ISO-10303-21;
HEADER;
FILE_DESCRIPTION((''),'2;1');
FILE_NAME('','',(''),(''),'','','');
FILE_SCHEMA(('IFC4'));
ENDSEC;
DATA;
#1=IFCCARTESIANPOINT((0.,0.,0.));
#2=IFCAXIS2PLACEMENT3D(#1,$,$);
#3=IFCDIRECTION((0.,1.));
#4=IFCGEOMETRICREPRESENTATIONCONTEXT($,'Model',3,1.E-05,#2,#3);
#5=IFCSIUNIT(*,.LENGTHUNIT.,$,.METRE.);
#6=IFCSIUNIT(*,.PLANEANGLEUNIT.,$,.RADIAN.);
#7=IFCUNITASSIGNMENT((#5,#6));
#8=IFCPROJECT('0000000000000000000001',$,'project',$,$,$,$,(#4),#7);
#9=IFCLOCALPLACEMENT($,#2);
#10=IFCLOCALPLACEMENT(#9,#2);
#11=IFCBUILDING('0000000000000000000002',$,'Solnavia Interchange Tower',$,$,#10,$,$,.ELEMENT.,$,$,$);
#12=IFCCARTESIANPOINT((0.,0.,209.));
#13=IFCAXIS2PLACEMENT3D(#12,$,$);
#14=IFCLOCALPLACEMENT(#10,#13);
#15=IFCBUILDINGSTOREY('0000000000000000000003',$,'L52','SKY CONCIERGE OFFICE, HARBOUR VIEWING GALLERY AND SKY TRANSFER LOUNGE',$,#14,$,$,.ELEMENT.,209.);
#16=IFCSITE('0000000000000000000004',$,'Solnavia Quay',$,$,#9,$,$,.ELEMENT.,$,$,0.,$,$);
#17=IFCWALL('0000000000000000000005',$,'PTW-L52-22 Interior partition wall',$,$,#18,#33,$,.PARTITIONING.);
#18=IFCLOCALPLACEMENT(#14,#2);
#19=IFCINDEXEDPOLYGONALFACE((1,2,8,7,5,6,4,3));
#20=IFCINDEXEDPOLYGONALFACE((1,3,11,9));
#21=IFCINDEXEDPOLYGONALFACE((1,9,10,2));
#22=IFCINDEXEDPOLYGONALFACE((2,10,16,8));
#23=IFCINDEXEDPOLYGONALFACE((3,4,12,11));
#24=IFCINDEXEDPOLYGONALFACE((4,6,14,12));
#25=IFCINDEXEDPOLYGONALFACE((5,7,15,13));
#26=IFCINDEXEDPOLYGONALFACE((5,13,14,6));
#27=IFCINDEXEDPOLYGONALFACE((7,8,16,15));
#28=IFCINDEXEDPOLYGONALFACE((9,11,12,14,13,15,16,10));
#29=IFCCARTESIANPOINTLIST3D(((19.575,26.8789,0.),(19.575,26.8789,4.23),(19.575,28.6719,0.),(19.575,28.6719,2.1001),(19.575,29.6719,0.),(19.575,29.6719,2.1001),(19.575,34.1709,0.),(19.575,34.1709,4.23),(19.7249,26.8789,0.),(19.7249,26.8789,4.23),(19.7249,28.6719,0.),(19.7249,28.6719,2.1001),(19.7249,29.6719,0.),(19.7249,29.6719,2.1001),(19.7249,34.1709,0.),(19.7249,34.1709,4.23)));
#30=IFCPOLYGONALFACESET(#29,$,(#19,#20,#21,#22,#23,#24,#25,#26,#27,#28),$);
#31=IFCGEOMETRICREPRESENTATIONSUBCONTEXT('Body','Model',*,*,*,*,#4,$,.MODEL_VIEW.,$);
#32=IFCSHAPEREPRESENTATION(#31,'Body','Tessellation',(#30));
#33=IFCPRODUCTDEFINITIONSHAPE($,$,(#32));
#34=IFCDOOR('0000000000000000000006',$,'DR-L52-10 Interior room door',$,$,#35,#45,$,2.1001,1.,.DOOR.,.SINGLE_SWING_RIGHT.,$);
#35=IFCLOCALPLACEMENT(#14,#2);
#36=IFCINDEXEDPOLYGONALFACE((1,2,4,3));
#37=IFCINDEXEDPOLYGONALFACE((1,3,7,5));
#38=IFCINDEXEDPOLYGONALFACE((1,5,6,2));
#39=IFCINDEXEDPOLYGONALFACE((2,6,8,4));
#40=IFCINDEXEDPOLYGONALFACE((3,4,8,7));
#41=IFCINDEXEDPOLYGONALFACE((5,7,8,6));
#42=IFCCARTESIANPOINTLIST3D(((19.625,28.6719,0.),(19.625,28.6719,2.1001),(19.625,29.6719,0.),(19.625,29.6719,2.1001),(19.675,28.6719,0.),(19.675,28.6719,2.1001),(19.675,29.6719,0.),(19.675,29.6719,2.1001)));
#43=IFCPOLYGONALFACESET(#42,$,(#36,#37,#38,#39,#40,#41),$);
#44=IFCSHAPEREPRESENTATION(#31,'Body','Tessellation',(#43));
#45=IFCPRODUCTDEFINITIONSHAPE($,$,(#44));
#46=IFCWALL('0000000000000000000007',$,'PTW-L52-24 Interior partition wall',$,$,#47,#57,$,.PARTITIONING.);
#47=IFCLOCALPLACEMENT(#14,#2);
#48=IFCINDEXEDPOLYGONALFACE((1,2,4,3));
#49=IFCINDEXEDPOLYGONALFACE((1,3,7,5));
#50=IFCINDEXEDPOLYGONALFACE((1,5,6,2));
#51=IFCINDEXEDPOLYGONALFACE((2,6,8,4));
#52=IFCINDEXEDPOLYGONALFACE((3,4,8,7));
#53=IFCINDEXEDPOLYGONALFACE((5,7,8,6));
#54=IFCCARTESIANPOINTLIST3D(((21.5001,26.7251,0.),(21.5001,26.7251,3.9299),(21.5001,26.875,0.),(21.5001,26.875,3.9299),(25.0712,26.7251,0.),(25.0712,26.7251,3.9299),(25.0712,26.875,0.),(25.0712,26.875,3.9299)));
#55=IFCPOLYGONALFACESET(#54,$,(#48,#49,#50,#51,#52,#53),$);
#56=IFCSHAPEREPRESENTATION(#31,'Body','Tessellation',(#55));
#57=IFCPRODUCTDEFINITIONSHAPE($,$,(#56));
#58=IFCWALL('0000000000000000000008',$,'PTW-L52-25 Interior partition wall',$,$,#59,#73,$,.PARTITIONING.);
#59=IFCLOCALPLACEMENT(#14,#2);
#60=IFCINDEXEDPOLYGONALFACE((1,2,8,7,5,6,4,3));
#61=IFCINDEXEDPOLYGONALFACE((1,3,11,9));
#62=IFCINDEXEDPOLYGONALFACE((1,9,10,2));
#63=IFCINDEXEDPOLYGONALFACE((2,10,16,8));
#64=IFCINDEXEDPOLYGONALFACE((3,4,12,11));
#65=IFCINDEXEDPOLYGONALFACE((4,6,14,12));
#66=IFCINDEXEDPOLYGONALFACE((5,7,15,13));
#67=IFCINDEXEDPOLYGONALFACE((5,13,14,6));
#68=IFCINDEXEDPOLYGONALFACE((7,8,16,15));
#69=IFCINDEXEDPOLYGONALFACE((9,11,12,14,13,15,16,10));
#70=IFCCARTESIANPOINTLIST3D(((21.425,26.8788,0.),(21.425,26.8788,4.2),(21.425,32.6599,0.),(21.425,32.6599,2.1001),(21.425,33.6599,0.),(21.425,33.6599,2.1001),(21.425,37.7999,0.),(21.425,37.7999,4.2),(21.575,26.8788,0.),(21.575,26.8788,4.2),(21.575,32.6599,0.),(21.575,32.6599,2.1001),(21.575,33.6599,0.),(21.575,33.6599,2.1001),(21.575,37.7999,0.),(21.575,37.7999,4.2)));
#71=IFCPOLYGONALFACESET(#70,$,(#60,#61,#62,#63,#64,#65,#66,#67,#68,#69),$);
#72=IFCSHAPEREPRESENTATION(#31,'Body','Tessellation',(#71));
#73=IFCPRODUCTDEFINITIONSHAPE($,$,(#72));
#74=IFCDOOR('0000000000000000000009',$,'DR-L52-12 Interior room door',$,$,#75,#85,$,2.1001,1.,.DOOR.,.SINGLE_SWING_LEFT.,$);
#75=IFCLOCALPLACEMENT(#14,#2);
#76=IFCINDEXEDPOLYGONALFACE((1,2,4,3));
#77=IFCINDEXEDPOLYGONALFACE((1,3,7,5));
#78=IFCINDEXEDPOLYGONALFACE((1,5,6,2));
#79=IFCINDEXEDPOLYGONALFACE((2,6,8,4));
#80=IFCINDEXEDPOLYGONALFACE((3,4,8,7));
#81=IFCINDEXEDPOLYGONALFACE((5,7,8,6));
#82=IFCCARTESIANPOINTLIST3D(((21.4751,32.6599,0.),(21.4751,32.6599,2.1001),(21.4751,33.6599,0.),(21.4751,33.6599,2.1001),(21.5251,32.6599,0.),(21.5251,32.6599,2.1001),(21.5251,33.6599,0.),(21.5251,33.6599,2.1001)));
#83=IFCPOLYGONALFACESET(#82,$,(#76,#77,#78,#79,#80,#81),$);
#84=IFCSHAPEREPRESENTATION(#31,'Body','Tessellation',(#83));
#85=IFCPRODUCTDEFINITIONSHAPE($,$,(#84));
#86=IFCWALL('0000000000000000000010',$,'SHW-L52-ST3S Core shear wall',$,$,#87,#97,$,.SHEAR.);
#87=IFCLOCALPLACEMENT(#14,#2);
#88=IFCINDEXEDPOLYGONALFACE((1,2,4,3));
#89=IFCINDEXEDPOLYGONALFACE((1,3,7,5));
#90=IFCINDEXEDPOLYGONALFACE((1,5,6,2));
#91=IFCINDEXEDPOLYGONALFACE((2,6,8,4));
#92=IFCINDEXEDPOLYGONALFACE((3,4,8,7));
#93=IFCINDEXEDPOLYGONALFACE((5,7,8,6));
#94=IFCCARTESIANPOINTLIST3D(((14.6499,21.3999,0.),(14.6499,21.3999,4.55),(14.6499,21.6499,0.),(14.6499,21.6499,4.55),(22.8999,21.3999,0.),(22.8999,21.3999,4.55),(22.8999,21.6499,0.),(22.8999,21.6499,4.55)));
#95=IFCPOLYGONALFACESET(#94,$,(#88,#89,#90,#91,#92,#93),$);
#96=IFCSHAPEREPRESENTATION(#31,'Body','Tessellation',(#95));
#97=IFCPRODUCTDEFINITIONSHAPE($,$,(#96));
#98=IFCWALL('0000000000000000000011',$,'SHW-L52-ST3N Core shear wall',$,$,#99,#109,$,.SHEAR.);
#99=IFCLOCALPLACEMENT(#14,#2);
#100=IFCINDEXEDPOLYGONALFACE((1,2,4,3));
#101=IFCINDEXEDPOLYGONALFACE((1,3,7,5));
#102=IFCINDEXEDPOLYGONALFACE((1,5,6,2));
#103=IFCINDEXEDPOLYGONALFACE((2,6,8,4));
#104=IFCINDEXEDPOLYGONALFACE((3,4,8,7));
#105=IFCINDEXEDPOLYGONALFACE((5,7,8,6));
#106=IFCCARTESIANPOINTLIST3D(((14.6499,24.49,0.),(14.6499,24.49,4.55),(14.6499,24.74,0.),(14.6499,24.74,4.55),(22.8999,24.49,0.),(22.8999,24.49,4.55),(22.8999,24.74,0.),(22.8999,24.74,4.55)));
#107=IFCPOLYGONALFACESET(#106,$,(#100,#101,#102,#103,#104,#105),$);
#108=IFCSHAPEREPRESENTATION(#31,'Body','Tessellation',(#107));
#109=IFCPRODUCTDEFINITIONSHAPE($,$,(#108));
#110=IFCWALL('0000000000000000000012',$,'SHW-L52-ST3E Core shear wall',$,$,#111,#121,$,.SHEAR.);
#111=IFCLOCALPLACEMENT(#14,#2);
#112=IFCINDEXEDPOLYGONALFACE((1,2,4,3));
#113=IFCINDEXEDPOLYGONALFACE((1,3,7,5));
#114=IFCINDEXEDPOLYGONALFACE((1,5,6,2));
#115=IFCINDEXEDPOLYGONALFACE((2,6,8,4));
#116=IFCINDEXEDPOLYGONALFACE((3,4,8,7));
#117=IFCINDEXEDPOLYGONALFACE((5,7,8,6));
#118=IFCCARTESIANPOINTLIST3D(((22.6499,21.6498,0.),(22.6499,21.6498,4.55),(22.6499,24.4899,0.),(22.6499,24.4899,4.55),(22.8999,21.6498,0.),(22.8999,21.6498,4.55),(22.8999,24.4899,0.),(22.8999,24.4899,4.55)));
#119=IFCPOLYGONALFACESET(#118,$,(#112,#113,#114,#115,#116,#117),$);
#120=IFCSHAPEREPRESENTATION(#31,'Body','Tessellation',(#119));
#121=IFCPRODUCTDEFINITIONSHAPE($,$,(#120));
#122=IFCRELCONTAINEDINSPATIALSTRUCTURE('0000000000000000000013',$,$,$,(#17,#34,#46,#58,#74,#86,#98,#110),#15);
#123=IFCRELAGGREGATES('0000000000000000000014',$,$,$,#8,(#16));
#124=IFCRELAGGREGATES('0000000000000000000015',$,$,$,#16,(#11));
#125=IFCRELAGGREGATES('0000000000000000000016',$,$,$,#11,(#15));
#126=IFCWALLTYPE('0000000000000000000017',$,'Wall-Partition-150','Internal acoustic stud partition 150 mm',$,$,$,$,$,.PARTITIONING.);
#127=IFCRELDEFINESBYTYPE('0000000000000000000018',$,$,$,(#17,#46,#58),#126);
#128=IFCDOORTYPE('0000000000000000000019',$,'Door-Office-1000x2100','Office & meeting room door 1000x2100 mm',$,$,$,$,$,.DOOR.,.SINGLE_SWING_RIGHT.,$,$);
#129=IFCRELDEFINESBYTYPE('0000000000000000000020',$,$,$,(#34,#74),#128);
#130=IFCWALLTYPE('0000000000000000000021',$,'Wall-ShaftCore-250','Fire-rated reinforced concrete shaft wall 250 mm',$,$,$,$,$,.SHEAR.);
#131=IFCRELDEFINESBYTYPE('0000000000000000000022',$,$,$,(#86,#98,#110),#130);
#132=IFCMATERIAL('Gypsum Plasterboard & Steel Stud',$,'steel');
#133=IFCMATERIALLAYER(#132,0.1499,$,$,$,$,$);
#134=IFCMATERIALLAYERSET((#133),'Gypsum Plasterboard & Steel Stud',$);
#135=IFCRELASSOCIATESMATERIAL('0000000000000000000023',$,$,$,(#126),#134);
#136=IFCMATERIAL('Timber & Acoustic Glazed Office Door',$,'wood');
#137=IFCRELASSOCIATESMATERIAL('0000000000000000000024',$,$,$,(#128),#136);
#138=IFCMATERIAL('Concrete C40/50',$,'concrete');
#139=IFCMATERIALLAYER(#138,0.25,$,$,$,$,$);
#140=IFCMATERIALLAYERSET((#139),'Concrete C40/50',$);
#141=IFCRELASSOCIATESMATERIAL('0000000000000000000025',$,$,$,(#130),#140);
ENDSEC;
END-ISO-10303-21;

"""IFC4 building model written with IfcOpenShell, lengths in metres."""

from ifc_helpers import new_model, si_unit, direction, frame, frame_2d, origin, place, context, subcontext, project, spatial, rectangle, extrude, material, layer, layer_set, type_object, element, fill, save


model = new_model("IFC4")

# Units and contexts
model_context = context("Model", 3, precision=1e-05, world=origin(), true_north=direction((0.0, 1.0)))
body_context = subcontext(model_context, "Body", "Model", "MODEL_VIEW")
ifc_project = project(units=[si_unit("LENGTHUNIT", "METRE"), si_unit("PLANEANGLEUNIT", "RADIAN")], contexts=[model_context])

# Site, building, storey
site_placement = place(None, origin())
site = spatial("IfcSite", under=ifc_project, at=site_placement, Name="Solnavia Quay", CompositionType="ELEMENT", RefElevation=0.0)
building_placement = place(site_placement, origin())
building = spatial("IfcBuilding", under=site, at=building_placement, Name="Solnavia Interchange Tower", CompositionType="ELEMENT")
storey_placement = place(building_placement, frame((0.0, 0.0, 209.0)))
storey = spatial("IfcBuildingStorey", under=building, at=storey_placement, Name="L52", Description="SKY CONCIERGE OFFICE, HARBOUR VIEWING GALLERY AND SKY TRANSFER LOUNGE", CompositionType="ELEMENT", Elevation=209.0)

# Wall, opening, door
ifc_material_1 = material(Name="Gypsum Plasterboard & Steel Stud", Category="steel")
ifc_layer_1 = layer(ifc_material_1, 0.1499)
ifc_layer_set_1 = layer_set([ifc_layer_1], Name="Gypsum Plasterboard & Steel Stud")
wall_type_1 = type_object("IfcWallType", Name="Wall-Partition-150", Description="Internal acoustic stud partition 150 mm", PredefinedType="PARTITIONING", material=ifc_layer_set_1)
wall_1_placement = place(storey_placement, frame((19.6499, 26.8789, 0.0), z_axis=(0.0, 0.0, 1.0), x_axis=(0.0, 1.0, 0.0)))
wall_1 = element("IfcWall", 1, at=wall_1_placement, inside=storey, type_object=wall_type_1, Name="PTW-L52-22 Interior partition wall", PredefinedType="PARTITIONING", context=body_context, shape_type="SweptSolid", body=[
    extrude(rectangle(XDim=7.292, YDim=0.1499, at=frame_2d((3.646, 0.0))), origin(), (0.0, 0.0, 1.0), 4.23),
])
opening_1_placement = place(wall_1_placement, frame((1.793, 0.0, 0.0)))
opening_1 = element("IfcOpeningElement", 2, at=opening_1_placement, cuts=wall_1, PredefinedType="OPENING", context=body_context, shape_type="SweptSolid", body=[
    extrude(rectangle(XDim=1.0, YDim=2.1001, at=frame_2d((0.5, 1.05))), frame((0.0, 0.085, 0.0), z_axis=(0.0, -1.0, 0.0), x_axis=(1.0, 0.0, 0.0)), (0.0, 0.0, 1.0), 0.1699),
])
ifc_material_2 = material(Name="Timber & Acoustic Glazed Office Door", Category="wood")
door_type_1 = type_object("IfcDoorType", Name="Door-Office-1000x2100", Description="Office & meeting room door 1000x2100 mm", OperationType="SINGLE_SWING_RIGHT", PredefinedType="DOOR", material=ifc_material_2)
door_1_placement = place(opening_1_placement, origin())
door_1 = element("IfcDoor", 3, at=door_1_placement, inside=storey, type_object=door_type_1, Name="DR-L52-10 Interior room door", OperationType="SINGLE_SWING_RIGHT", OverallHeight=2.1001, OverallWidth=1.0, PredefinedType="DOOR", context=body_context, shape_type="SweptSolid", body=[
    extrude(rectangle(XDim=1.0, YDim=2.1001, at=frame_2d((0.5, 1.05))), frame((0.0, 0.0249, 0.0), z_axis=(0.0, -1.0, 0.0), x_axis=(1.0, 0.0, 0.0)), (0.0, 0.0, 1.0), 0.05),
])
fill(opening_1, door_1)

# Wall
wall_2_placement = place(storey_placement, frame((21.5, 26.8, 0.0), z_axis=(0.0, 0.0, 1.0), x_axis=(1.0, 0.0, 0.0)))
element("IfcWall", 4, at=wall_2_placement, inside=storey, type_object=wall_type_1, Name="PTW-L52-24 Interior partition wall", PredefinedType="PARTITIONING", context=body_context, shape_type="SweptSolid", body=[
    extrude(rectangle(XDim=3.571, YDim=0.1499, at=frame_2d((1.7856, 0.0))), origin(), (0.0, 0.0, 1.0), 3.9299),
])

# Wall, opening, door
wall_3_placement = place(storey_placement, frame((21.5, 26.8789, 0.0), z_axis=(0.0, 0.0, 1.0), x_axis=(0.0, 1.0, 0.0)))
wall_3 = element("IfcWall", 5, at=wall_3_placement, inside=storey, type_object=wall_type_1, Name="PTW-L52-25 Interior partition wall", PredefinedType="PARTITIONING", context=body_context, shape_type="SweptSolid", body=[
    extrude(rectangle(XDim=10.9211, YDim=0.1499, at=frame_2d((5.4604, 0.0))), origin(), (0.0, 0.0, 1.0), 4.2),
])
opening_2_placement = place(wall_3_placement, frame((5.781, 0.0, 0.0)))
opening_2 = element("IfcOpeningElement", 6, at=opening_2_placement, cuts=wall_3, PredefinedType="OPENING", context=body_context, shape_type="SweptSolid", body=[
    extrude(rectangle(XDim=1.0, YDim=2.1001, at=frame_2d((0.5, 1.05))), frame((0.0, 0.085, 0.0), z_axis=(0.0, -1.0, 0.0), x_axis=(1.0, 0.0, 0.0)), (0.0, 0.0, 1.0), 0.1699),
])
door_2_placement = place(opening_2_placement, origin())
door_2 = element("IfcDoor", 7, at=door_2_placement, inside=storey, type_object=door_type_1, Name="DR-L52-12 Interior room door", OperationType="SINGLE_SWING_LEFT", OverallHeight=2.1001, OverallWidth=1.0, PredefinedType="DOOR", context=body_context, shape_type="SweptSolid", body=[
    extrude(rectangle(XDim=1.0, YDim=2.1001, at=frame_2d((0.5, 1.05))), frame((0.0, 0.0249, 0.0), z_axis=(0.0, -1.0, 0.0), x_axis=(1.0, 0.0, 0.0)), (0.0, 0.0, 1.0), 0.05),
])
fill(opening_2, door_2)

# Walls
ifc_material_3 = material(Name="Concrete C40/50", Category="concrete")
ifc_layer_2 = layer(ifc_material_3, 0.25)
ifc_layer_set_2 = layer_set([ifc_layer_2], Name="Concrete C40/50")
wall_type_2 = type_object("IfcWallType", Name="Wall-ShaftCore-250", Description="Fire-rated reinforced concrete shaft wall 250 mm", PredefinedType="SHEAR", material=ifc_layer_set_2)
for number, where, z_axis, x_axis, name in (
    (8, (14.6499, 21.5249, 0.0), (0.0, 0.0, 1.0), (1.0, 0.0, 0.0), "SHW-L52-ST3S Core shear wall"),
    (9, (14.6499, 24.615, 0.0), (0.0, 0.0, 1.0), (1.0, 0.0, 0.0), "SHW-L52-ST3N Core shear wall"),
):
    element("IfcWall", number, at=place(storey_placement, frame(where, z_axis=z_axis, x_axis=x_axis)), inside=storey, type_object=wall_type_2, Name=name, PredefinedType="SHEAR", context=body_context, shape_type="SweptSolid", body=[
        extrude(rectangle(XDim=8.25, YDim=0.25, at=frame_2d((4.125, 0.0))), origin(), (0.0, 0.0, 1.0), 4.55),
    ])
wall_4_placement = place(storey_placement, frame((22.7749, 21.6499, 0.0), z_axis=(0.0, 0.0, 1.0), x_axis=(0.0, 1.0, 0.0)))
element("IfcWall", 10, at=wall_4_placement, inside=storey, type_object=wall_type_2, Name="SHW-L52-ST3E Core shear wall", PredefinedType="SHEAR", context=body_context, shape_type="SweptSolid", body=[
    extrude(rectangle(XDim=2.8401, YDim=0.25, at=frame_2d((1.4199, 0.0))), origin(), (0.0, 0.0, 1.0), 4.55),
])

save(model, "model.ifc")
